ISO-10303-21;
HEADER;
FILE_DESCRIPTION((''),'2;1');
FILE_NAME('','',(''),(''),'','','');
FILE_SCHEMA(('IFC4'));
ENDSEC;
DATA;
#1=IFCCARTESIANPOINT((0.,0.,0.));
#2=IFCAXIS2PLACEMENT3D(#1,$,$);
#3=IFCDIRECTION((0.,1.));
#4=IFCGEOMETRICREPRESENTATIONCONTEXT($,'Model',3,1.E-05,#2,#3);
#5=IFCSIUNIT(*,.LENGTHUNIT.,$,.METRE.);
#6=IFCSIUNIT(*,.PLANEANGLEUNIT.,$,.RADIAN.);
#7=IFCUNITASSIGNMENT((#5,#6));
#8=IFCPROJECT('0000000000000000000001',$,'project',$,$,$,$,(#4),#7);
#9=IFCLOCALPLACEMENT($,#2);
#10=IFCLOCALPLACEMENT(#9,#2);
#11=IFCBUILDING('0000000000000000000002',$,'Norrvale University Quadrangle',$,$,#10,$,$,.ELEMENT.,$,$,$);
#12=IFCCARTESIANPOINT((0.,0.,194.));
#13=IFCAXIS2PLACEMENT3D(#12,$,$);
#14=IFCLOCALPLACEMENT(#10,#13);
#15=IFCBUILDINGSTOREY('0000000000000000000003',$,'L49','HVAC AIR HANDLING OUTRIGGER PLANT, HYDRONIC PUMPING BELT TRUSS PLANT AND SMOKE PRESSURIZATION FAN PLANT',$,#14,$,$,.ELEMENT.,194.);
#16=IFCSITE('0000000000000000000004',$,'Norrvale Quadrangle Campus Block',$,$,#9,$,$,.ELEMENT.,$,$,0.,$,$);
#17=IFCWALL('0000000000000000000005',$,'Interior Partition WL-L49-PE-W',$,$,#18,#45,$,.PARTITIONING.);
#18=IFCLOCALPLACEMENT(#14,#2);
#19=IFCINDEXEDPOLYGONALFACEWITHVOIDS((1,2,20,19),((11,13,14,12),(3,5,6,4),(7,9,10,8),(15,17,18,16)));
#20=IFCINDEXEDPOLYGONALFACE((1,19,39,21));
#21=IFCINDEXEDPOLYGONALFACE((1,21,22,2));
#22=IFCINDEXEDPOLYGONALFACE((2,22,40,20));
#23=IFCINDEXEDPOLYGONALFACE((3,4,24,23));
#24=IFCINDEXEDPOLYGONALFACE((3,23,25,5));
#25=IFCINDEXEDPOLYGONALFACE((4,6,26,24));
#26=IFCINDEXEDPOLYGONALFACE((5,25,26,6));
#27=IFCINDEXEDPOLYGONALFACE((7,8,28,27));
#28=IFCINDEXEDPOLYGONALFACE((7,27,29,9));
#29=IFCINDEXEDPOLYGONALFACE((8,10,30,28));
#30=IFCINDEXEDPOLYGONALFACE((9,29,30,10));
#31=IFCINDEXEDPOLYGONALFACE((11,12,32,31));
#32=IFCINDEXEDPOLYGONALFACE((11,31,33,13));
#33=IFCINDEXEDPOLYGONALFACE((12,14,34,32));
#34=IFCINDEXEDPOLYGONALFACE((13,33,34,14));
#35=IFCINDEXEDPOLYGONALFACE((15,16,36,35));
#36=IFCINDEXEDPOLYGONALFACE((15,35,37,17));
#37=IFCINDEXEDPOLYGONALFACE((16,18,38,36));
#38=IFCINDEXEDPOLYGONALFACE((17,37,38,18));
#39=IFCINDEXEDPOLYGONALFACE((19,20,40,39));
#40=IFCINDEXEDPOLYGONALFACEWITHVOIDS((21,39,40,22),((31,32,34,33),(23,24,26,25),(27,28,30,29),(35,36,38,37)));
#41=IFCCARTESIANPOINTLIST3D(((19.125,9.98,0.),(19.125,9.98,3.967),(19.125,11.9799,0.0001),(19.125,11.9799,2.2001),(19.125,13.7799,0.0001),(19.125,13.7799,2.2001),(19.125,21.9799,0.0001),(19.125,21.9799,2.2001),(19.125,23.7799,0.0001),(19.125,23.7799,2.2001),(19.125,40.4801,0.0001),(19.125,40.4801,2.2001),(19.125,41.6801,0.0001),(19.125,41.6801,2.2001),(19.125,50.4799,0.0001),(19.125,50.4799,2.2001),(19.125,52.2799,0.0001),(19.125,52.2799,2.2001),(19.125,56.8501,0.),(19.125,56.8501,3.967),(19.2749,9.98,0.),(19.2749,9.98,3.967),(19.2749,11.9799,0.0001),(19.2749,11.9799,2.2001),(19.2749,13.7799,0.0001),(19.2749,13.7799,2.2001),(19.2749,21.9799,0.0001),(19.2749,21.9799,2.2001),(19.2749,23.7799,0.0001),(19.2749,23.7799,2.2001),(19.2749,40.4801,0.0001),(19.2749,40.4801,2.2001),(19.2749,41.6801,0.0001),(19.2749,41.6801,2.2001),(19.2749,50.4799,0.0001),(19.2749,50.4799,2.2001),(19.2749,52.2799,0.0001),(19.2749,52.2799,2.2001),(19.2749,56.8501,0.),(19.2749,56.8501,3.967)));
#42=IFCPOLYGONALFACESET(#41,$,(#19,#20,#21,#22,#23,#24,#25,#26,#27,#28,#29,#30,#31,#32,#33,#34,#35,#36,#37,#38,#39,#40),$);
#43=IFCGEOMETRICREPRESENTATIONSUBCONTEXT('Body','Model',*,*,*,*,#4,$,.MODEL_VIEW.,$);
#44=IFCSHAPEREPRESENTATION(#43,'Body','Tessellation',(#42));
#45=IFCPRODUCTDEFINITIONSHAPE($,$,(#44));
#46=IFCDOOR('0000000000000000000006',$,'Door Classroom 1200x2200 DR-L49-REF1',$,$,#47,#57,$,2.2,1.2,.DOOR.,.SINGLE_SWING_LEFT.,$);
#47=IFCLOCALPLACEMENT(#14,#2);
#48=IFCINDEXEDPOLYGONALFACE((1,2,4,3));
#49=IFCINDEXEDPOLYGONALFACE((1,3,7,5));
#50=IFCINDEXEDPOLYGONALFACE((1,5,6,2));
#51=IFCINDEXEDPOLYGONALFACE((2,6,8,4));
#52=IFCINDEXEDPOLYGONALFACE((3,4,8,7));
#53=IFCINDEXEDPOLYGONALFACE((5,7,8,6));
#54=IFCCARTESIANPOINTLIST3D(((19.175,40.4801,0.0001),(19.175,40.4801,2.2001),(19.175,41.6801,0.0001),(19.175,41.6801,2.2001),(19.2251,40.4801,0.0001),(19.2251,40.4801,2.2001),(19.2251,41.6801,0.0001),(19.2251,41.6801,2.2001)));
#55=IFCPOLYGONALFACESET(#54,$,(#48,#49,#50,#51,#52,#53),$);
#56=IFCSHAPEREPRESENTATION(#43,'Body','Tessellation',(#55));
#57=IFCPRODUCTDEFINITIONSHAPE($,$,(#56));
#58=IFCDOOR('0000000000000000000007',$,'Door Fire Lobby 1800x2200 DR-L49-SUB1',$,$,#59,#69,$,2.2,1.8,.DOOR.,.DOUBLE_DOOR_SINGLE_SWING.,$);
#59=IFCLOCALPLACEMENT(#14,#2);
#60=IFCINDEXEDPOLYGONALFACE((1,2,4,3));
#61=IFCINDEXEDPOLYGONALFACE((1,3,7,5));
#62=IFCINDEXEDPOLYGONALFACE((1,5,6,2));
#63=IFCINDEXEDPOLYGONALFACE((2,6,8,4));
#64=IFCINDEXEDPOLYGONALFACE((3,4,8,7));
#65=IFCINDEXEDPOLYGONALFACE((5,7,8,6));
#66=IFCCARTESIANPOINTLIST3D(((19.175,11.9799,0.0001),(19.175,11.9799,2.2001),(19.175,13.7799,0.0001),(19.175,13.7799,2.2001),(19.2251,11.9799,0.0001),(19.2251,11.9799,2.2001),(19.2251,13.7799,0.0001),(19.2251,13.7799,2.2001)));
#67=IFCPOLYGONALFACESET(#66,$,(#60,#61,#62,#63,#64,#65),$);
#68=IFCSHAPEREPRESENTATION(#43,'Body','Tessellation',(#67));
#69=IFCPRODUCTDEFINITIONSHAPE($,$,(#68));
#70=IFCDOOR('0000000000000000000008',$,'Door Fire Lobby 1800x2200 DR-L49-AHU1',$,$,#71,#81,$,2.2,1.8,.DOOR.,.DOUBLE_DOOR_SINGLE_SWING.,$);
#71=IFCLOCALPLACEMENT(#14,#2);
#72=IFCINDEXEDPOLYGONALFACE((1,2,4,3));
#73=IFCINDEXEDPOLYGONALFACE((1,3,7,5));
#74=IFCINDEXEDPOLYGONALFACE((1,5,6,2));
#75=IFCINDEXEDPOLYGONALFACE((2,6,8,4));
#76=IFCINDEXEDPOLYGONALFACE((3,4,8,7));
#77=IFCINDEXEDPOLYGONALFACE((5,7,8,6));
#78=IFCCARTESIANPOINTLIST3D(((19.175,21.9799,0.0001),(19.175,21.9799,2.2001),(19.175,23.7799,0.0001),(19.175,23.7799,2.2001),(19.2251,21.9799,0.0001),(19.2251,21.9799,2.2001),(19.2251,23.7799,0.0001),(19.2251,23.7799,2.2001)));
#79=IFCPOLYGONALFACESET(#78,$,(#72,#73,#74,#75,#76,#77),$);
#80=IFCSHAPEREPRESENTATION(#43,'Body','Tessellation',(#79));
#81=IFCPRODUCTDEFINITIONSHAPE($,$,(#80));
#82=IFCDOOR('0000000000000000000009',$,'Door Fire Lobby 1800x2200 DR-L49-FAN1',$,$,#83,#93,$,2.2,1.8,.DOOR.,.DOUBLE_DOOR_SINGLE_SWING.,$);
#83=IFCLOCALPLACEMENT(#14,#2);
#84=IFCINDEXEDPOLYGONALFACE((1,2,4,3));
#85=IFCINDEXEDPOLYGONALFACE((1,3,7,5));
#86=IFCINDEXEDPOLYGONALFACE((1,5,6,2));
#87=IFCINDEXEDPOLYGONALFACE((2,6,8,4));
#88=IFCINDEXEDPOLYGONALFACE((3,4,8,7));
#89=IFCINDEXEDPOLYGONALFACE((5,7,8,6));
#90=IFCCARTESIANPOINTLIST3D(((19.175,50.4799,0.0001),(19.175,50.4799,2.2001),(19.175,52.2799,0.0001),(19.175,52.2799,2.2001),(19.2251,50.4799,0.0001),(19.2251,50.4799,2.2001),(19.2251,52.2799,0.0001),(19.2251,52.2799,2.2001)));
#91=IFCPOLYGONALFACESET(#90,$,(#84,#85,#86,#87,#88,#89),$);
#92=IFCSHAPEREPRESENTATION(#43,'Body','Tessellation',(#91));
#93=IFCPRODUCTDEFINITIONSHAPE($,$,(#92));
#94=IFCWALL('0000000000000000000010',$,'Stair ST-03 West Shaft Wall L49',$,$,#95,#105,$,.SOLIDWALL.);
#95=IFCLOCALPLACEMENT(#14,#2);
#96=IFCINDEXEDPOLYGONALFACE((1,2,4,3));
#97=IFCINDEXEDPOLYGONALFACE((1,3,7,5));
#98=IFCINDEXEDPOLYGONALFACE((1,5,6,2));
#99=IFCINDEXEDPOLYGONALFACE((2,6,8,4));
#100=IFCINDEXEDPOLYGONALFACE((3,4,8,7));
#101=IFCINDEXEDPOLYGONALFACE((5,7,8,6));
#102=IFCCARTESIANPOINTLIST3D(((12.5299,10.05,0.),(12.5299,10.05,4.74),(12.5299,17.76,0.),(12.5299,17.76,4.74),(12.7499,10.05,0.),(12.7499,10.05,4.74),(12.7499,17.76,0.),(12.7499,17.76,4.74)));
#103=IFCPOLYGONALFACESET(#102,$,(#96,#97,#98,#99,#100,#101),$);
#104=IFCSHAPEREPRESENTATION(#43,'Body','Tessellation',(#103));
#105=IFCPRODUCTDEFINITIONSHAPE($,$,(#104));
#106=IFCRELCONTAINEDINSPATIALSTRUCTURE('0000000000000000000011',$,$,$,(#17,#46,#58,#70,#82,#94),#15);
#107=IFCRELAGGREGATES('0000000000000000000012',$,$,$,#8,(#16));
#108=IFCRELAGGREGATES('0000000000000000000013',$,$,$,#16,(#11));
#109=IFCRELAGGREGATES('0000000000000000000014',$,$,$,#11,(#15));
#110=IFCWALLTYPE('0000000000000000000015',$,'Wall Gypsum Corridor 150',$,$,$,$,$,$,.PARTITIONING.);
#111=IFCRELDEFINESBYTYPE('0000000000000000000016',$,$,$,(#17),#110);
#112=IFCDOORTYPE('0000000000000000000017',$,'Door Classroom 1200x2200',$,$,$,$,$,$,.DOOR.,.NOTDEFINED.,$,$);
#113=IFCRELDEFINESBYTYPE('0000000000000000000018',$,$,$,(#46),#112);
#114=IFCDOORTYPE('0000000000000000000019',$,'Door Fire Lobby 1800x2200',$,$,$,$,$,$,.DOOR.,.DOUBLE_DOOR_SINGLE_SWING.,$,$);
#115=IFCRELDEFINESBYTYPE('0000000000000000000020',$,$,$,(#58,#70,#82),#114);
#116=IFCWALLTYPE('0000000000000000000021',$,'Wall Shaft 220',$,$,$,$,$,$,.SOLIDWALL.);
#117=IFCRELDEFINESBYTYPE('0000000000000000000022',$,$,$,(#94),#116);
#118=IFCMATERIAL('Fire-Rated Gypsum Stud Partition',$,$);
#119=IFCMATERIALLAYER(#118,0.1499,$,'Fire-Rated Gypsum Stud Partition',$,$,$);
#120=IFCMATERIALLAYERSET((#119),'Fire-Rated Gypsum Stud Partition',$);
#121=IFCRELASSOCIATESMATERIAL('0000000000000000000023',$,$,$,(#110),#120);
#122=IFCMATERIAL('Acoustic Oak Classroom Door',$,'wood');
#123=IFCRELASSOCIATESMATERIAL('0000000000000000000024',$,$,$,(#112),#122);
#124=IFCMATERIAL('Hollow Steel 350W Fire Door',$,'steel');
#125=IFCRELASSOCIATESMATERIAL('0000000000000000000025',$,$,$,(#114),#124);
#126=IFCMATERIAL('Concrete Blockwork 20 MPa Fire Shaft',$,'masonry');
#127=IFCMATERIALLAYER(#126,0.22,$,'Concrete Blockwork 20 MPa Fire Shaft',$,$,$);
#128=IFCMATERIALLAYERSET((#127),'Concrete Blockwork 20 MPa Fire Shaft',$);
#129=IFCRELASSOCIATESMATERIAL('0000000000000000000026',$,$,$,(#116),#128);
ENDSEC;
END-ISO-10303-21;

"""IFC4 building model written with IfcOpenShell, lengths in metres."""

from ifc_helpers import new_model, si_unit, direction, frame, frame_2d, origin, place, context, subcontext, project, spatial, rectangle, extrude, material, layer, layer_set, type_object, element, fill, save


model = new_model("IFC4")

# Units and contexts
model_context = context("Model", 3, precision=1e-05, world=origin(), true_north=direction((0.0, 1.0)))
body_context = subcontext(model_context, "Body", "Model", "MODEL_VIEW")
ifc_project = project(units=[si_unit("LENGTHUNIT", "METRE"), si_unit("PLANEANGLEUNIT", "RADIAN")], contexts=[model_context])

# Site, building, storey
site_placement = place(None, origin())
site = spatial("IfcSite", under=ifc_project, at=site_placement, Name="Norrvale Quadrangle Campus Block", CompositionType="ELEMENT", RefElevation=0.0)
building_placement = place(site_placement, origin())
building = spatial("IfcBuilding", under=site, at=building_placement, Name="Norrvale University Quadrangle", CompositionType="ELEMENT")
storey_placement = place(building_placement, frame((0.0, 0.0, 194.0)))
storey = spatial("IfcBuildingStorey", under=building, at=storey_placement, Name="L49", Description="HVAC AIR HANDLING OUTRIGGER PLANT, HYDRONIC PUMPING BELT TRUSS PLANT AND SMOKE PRESSURIZATION FAN PLANT", CompositionType="ELEMENT", Elevation=194.0)

# Shared definitions
ifc_material_1 = material(Name="Hollow Steel 350W Fire Door", Category="steel")

# Shared definitions
ifc_material_2 = material(Name="Fire-Rated Gypsum Stud Partition")
ifc_layer_1 = layer(ifc_material_2, 0.1499, Name="Fire-Rated Gypsum Stud Partition")
ifc_layer_set_1 = layer_set([ifc_layer_1], Name="Fire-Rated Gypsum Stud Partition")
wall_type_1 = type_object("IfcWallType", Name="Wall Gypsum Corridor 150", PredefinedType="PARTITIONING", material=ifc_layer_set_1)

# Wall, openings, doors
wall_1_placement = place(storey_placement, frame((19.2, 9.98, 0.0), z_axis=(0.0, 0.0, 1.0), x_axis=(0.0, 1.0, 0.0)))
wall_1 = element("IfcWall", 1, at=wall_1_placement, inside=storey, type_object=wall_type_1, Name="Interior Partition WL-L49-PE-W", PredefinedType="PARTITIONING", context=body_context, shape_type="SweptSolid", body=[
    extrude(rectangle(XDim=46.8701, YDim=0.1499, at=frame_2d((23.4351, 0.0))), origin(), (0.0, 0.0, 1.0), 3.967),
])
opening_1_placement = place(wall_1_placement, frame((2.0, 0.0, 0.0)))
opening_1 = element("IfcOpeningElement", 2, at=opening_1_placement, cuts=wall_1, PredefinedType="OPENING", context=body_context, shape_type="SweptSolid", body=[
    extrude(rectangle(XDim=1.8, YDim=2.2, at=frame_2d((0.8999, 1.1001))), frame((0.0, 0.0869, 0.0), z_axis=(0.0, -1.0, 0.0), x_axis=(1.0, 0.0, 0.0)), (0.0, 0.0, 1.0), 0.1738),
])
opening_2_placement = place(wall_1_placement, frame((12.0, 0.0, 0.0)))
opening_2 = element("IfcOpeningElement", 3, at=opening_2_placement, cuts=wall_1, PredefinedType="OPENING", context=body_context, shape_type="SweptSolid", body=[
    extrude(rectangle(XDim=1.8, YDim=2.2, at=frame_2d((0.8999, 1.1001))), frame((0.0, 0.0869, 0.0), z_axis=(0.0, -1.0, 0.0), x_axis=(1.0, 0.0, 0.0)), (0.0, 0.0, 1.0), 0.1738),
])
opening_3_placement = place(wall_1_placement, frame((30.5, 0.0, 0.0)))
opening_3 = element("IfcOpeningElement", 4, at=opening_3_placement, cuts=wall_1, PredefinedType="OPENING", context=body_context, shape_type="SweptSolid", body=[
    extrude(rectangle(XDim=1.2, YDim=2.2, at=frame_2d((0.6001, 1.1001))), frame((0.0, 0.0869, 0.0), z_axis=(0.0, -1.0, 0.0), x_axis=(1.0, 0.0, 0.0)), (0.0, 0.0, 1.0), 0.1738),
])
opening_4_placement = place(wall_1_placement, frame((40.5, 0.0, 0.0)))
opening_4 = element("IfcOpeningElement", 5, at=opening_4_placement, cuts=wall_1, PredefinedType="OPENING", context=body_context, shape_type="SweptSolid", body=[
    extrude(rectangle(XDim=1.8, YDim=2.2, at=frame_2d((0.8999, 1.1001))), frame((0.0, 0.0869, 0.0), z_axis=(0.0, -1.0, 0.0), x_axis=(1.0, 0.0, 0.0)), (0.0, 0.0, 1.0), 0.1738),
])
ifc_material_3 = material(Name="Acoustic Oak Classroom Door", Category="wood")
door_type_1 = type_object("IfcDoorType", Name="Door Classroom 1200x2200", OperationType="NOTDEFINED", PredefinedType="DOOR", material=ifc_material_3)
door_1_placement = place(opening_3_placement, origin())
door_1 = element("IfcDoor", 6, at=door_1_placement, inside=storey, type_object=door_type_1, Name="Door Classroom 1200x2200 DR-L49-REF1", OperationType="SINGLE_SWING_LEFT", OverallHeight=2.2, OverallWidth=1.2, PredefinedType="DOOR", context=body_context, shape_type="SweptSolid", body=[
    extrude(rectangle(XDim=1.2, YDim=2.2, at=frame_2d((0.6001, 1.1001))), frame((0.0, 0.0249, 0.0), z_axis=(0.0, -1.0, 0.0), x_axis=(1.0, 0.0, 0.0)), (0.0, 0.0, 1.0), 0.05),
])
fill(opening_3, door_1)
door_type_2 = type_object("IfcDoorType", Name="Door Fire Lobby 1800x2200", OperationType="DOUBLE_DOOR_SINGLE_SWING", PredefinedType="DOOR", material=ifc_material_1)
door_2_placement = place(opening_1_placement, origin())
door_2 = element("IfcDoor", 7, at=door_2_placement, inside=storey, type_object=door_type_2, Name="Door Fire Lobby 1800x2200 DR-L49-SUB1", OperationType="DOUBLE_DOOR_SINGLE_SWING", OverallHeight=2.2, OverallWidth=1.8, PredefinedType="DOOR", context=body_context, shape_type="SweptSolid", body=[
    extrude(rectangle(XDim=1.8, YDim=2.2, at=frame_2d((0.8999, 1.1001))), frame((0.0, 0.0249, 0.0), z_axis=(0.0, -1.0, 0.0), x_axis=(1.0, 0.0, 0.0)), (0.0, 0.0, 1.0), 0.05),
])
fill(opening_1, door_2)
door_3_placement = place(opening_2_placement, origin())
door_3 = element("IfcDoor", 8, at=door_3_placement, inside=storey, type_object=door_type_2, Name="Door Fire Lobby 1800x2200 DR-L49-AHU1", OperationType="DOUBLE_DOOR_SINGLE_SWING", OverallHeight=2.2, OverallWidth=1.8, PredefinedType="DOOR", context=body_context, shape_type="SweptSolid", body=[
    extrude(rectangle(XDim=1.8, YDim=2.2, at=frame_2d((0.8999, 1.1001))), frame((0.0, 0.0249, 0.0), z_axis=(0.0, -1.0, 0.0), x_axis=(1.0, 0.0, 0.0)), (0.0, 0.0, 1.0), 0.05),
])
fill(opening_2, door_3)
door_4_placement = place(opening_4_placement, origin())
door_4 = element("IfcDoor", 9, at=door_4_placement, inside=storey, type_object=door_type_2, Name="Door Fire Lobby 1800x2200 DR-L49-FAN1", OperationType="DOUBLE_DOOR_SINGLE_SWING", OverallHeight=2.2, OverallWidth=1.8, PredefinedType="DOOR", context=body_context, shape_type="SweptSolid", body=[
    extrude(rectangle(XDim=1.8, YDim=2.2, at=frame_2d((0.8999, 1.1001))), frame((0.0, 0.0249, 0.0), z_axis=(0.0, -1.0, 0.0), x_axis=(1.0, 0.0, 0.0)), (0.0, 0.0, 1.0), 0.05),
])
fill(opening_4, door_4)

# Wall
ifc_material_4 = material(Name="Concrete Blockwork 20 MPa Fire Shaft", Category="masonry")
ifc_layer_2 = layer(ifc_material_4, 0.22, Name="Concrete Blockwork 20 MPa Fire Shaft")
ifc_layer_set_2 = layer_set([ifc_layer_2], Name="Concrete Blockwork 20 MPa Fire Shaft")
wall_type_2 = type_object("IfcWallType", Name="Wall Shaft 220", PredefinedType="SOLIDWALL", material=ifc_layer_set_2)
wall_2_placement = place(storey_placement, frame((12.6399, 10.05, 0.0), z_axis=(0.0, 0.0, 1.0), x_axis=(0.0, 1.0, 0.0)))
element("IfcWall", 10, at=wall_2_placement, inside=storey, type_object=wall_type_2, Name="Stair ST-03 West Shaft Wall L49", PredefinedType="SOLIDWALL", context=body_context, shape_type="SweptSolid", body=[
    extrude(rectangle(XDim=7.71, YDim=0.22, at=frame_2d((3.855, 0.0))), origin(), (0.0, 0.0, 1.0), 4.74),
])

save(model, "model.ifc")
